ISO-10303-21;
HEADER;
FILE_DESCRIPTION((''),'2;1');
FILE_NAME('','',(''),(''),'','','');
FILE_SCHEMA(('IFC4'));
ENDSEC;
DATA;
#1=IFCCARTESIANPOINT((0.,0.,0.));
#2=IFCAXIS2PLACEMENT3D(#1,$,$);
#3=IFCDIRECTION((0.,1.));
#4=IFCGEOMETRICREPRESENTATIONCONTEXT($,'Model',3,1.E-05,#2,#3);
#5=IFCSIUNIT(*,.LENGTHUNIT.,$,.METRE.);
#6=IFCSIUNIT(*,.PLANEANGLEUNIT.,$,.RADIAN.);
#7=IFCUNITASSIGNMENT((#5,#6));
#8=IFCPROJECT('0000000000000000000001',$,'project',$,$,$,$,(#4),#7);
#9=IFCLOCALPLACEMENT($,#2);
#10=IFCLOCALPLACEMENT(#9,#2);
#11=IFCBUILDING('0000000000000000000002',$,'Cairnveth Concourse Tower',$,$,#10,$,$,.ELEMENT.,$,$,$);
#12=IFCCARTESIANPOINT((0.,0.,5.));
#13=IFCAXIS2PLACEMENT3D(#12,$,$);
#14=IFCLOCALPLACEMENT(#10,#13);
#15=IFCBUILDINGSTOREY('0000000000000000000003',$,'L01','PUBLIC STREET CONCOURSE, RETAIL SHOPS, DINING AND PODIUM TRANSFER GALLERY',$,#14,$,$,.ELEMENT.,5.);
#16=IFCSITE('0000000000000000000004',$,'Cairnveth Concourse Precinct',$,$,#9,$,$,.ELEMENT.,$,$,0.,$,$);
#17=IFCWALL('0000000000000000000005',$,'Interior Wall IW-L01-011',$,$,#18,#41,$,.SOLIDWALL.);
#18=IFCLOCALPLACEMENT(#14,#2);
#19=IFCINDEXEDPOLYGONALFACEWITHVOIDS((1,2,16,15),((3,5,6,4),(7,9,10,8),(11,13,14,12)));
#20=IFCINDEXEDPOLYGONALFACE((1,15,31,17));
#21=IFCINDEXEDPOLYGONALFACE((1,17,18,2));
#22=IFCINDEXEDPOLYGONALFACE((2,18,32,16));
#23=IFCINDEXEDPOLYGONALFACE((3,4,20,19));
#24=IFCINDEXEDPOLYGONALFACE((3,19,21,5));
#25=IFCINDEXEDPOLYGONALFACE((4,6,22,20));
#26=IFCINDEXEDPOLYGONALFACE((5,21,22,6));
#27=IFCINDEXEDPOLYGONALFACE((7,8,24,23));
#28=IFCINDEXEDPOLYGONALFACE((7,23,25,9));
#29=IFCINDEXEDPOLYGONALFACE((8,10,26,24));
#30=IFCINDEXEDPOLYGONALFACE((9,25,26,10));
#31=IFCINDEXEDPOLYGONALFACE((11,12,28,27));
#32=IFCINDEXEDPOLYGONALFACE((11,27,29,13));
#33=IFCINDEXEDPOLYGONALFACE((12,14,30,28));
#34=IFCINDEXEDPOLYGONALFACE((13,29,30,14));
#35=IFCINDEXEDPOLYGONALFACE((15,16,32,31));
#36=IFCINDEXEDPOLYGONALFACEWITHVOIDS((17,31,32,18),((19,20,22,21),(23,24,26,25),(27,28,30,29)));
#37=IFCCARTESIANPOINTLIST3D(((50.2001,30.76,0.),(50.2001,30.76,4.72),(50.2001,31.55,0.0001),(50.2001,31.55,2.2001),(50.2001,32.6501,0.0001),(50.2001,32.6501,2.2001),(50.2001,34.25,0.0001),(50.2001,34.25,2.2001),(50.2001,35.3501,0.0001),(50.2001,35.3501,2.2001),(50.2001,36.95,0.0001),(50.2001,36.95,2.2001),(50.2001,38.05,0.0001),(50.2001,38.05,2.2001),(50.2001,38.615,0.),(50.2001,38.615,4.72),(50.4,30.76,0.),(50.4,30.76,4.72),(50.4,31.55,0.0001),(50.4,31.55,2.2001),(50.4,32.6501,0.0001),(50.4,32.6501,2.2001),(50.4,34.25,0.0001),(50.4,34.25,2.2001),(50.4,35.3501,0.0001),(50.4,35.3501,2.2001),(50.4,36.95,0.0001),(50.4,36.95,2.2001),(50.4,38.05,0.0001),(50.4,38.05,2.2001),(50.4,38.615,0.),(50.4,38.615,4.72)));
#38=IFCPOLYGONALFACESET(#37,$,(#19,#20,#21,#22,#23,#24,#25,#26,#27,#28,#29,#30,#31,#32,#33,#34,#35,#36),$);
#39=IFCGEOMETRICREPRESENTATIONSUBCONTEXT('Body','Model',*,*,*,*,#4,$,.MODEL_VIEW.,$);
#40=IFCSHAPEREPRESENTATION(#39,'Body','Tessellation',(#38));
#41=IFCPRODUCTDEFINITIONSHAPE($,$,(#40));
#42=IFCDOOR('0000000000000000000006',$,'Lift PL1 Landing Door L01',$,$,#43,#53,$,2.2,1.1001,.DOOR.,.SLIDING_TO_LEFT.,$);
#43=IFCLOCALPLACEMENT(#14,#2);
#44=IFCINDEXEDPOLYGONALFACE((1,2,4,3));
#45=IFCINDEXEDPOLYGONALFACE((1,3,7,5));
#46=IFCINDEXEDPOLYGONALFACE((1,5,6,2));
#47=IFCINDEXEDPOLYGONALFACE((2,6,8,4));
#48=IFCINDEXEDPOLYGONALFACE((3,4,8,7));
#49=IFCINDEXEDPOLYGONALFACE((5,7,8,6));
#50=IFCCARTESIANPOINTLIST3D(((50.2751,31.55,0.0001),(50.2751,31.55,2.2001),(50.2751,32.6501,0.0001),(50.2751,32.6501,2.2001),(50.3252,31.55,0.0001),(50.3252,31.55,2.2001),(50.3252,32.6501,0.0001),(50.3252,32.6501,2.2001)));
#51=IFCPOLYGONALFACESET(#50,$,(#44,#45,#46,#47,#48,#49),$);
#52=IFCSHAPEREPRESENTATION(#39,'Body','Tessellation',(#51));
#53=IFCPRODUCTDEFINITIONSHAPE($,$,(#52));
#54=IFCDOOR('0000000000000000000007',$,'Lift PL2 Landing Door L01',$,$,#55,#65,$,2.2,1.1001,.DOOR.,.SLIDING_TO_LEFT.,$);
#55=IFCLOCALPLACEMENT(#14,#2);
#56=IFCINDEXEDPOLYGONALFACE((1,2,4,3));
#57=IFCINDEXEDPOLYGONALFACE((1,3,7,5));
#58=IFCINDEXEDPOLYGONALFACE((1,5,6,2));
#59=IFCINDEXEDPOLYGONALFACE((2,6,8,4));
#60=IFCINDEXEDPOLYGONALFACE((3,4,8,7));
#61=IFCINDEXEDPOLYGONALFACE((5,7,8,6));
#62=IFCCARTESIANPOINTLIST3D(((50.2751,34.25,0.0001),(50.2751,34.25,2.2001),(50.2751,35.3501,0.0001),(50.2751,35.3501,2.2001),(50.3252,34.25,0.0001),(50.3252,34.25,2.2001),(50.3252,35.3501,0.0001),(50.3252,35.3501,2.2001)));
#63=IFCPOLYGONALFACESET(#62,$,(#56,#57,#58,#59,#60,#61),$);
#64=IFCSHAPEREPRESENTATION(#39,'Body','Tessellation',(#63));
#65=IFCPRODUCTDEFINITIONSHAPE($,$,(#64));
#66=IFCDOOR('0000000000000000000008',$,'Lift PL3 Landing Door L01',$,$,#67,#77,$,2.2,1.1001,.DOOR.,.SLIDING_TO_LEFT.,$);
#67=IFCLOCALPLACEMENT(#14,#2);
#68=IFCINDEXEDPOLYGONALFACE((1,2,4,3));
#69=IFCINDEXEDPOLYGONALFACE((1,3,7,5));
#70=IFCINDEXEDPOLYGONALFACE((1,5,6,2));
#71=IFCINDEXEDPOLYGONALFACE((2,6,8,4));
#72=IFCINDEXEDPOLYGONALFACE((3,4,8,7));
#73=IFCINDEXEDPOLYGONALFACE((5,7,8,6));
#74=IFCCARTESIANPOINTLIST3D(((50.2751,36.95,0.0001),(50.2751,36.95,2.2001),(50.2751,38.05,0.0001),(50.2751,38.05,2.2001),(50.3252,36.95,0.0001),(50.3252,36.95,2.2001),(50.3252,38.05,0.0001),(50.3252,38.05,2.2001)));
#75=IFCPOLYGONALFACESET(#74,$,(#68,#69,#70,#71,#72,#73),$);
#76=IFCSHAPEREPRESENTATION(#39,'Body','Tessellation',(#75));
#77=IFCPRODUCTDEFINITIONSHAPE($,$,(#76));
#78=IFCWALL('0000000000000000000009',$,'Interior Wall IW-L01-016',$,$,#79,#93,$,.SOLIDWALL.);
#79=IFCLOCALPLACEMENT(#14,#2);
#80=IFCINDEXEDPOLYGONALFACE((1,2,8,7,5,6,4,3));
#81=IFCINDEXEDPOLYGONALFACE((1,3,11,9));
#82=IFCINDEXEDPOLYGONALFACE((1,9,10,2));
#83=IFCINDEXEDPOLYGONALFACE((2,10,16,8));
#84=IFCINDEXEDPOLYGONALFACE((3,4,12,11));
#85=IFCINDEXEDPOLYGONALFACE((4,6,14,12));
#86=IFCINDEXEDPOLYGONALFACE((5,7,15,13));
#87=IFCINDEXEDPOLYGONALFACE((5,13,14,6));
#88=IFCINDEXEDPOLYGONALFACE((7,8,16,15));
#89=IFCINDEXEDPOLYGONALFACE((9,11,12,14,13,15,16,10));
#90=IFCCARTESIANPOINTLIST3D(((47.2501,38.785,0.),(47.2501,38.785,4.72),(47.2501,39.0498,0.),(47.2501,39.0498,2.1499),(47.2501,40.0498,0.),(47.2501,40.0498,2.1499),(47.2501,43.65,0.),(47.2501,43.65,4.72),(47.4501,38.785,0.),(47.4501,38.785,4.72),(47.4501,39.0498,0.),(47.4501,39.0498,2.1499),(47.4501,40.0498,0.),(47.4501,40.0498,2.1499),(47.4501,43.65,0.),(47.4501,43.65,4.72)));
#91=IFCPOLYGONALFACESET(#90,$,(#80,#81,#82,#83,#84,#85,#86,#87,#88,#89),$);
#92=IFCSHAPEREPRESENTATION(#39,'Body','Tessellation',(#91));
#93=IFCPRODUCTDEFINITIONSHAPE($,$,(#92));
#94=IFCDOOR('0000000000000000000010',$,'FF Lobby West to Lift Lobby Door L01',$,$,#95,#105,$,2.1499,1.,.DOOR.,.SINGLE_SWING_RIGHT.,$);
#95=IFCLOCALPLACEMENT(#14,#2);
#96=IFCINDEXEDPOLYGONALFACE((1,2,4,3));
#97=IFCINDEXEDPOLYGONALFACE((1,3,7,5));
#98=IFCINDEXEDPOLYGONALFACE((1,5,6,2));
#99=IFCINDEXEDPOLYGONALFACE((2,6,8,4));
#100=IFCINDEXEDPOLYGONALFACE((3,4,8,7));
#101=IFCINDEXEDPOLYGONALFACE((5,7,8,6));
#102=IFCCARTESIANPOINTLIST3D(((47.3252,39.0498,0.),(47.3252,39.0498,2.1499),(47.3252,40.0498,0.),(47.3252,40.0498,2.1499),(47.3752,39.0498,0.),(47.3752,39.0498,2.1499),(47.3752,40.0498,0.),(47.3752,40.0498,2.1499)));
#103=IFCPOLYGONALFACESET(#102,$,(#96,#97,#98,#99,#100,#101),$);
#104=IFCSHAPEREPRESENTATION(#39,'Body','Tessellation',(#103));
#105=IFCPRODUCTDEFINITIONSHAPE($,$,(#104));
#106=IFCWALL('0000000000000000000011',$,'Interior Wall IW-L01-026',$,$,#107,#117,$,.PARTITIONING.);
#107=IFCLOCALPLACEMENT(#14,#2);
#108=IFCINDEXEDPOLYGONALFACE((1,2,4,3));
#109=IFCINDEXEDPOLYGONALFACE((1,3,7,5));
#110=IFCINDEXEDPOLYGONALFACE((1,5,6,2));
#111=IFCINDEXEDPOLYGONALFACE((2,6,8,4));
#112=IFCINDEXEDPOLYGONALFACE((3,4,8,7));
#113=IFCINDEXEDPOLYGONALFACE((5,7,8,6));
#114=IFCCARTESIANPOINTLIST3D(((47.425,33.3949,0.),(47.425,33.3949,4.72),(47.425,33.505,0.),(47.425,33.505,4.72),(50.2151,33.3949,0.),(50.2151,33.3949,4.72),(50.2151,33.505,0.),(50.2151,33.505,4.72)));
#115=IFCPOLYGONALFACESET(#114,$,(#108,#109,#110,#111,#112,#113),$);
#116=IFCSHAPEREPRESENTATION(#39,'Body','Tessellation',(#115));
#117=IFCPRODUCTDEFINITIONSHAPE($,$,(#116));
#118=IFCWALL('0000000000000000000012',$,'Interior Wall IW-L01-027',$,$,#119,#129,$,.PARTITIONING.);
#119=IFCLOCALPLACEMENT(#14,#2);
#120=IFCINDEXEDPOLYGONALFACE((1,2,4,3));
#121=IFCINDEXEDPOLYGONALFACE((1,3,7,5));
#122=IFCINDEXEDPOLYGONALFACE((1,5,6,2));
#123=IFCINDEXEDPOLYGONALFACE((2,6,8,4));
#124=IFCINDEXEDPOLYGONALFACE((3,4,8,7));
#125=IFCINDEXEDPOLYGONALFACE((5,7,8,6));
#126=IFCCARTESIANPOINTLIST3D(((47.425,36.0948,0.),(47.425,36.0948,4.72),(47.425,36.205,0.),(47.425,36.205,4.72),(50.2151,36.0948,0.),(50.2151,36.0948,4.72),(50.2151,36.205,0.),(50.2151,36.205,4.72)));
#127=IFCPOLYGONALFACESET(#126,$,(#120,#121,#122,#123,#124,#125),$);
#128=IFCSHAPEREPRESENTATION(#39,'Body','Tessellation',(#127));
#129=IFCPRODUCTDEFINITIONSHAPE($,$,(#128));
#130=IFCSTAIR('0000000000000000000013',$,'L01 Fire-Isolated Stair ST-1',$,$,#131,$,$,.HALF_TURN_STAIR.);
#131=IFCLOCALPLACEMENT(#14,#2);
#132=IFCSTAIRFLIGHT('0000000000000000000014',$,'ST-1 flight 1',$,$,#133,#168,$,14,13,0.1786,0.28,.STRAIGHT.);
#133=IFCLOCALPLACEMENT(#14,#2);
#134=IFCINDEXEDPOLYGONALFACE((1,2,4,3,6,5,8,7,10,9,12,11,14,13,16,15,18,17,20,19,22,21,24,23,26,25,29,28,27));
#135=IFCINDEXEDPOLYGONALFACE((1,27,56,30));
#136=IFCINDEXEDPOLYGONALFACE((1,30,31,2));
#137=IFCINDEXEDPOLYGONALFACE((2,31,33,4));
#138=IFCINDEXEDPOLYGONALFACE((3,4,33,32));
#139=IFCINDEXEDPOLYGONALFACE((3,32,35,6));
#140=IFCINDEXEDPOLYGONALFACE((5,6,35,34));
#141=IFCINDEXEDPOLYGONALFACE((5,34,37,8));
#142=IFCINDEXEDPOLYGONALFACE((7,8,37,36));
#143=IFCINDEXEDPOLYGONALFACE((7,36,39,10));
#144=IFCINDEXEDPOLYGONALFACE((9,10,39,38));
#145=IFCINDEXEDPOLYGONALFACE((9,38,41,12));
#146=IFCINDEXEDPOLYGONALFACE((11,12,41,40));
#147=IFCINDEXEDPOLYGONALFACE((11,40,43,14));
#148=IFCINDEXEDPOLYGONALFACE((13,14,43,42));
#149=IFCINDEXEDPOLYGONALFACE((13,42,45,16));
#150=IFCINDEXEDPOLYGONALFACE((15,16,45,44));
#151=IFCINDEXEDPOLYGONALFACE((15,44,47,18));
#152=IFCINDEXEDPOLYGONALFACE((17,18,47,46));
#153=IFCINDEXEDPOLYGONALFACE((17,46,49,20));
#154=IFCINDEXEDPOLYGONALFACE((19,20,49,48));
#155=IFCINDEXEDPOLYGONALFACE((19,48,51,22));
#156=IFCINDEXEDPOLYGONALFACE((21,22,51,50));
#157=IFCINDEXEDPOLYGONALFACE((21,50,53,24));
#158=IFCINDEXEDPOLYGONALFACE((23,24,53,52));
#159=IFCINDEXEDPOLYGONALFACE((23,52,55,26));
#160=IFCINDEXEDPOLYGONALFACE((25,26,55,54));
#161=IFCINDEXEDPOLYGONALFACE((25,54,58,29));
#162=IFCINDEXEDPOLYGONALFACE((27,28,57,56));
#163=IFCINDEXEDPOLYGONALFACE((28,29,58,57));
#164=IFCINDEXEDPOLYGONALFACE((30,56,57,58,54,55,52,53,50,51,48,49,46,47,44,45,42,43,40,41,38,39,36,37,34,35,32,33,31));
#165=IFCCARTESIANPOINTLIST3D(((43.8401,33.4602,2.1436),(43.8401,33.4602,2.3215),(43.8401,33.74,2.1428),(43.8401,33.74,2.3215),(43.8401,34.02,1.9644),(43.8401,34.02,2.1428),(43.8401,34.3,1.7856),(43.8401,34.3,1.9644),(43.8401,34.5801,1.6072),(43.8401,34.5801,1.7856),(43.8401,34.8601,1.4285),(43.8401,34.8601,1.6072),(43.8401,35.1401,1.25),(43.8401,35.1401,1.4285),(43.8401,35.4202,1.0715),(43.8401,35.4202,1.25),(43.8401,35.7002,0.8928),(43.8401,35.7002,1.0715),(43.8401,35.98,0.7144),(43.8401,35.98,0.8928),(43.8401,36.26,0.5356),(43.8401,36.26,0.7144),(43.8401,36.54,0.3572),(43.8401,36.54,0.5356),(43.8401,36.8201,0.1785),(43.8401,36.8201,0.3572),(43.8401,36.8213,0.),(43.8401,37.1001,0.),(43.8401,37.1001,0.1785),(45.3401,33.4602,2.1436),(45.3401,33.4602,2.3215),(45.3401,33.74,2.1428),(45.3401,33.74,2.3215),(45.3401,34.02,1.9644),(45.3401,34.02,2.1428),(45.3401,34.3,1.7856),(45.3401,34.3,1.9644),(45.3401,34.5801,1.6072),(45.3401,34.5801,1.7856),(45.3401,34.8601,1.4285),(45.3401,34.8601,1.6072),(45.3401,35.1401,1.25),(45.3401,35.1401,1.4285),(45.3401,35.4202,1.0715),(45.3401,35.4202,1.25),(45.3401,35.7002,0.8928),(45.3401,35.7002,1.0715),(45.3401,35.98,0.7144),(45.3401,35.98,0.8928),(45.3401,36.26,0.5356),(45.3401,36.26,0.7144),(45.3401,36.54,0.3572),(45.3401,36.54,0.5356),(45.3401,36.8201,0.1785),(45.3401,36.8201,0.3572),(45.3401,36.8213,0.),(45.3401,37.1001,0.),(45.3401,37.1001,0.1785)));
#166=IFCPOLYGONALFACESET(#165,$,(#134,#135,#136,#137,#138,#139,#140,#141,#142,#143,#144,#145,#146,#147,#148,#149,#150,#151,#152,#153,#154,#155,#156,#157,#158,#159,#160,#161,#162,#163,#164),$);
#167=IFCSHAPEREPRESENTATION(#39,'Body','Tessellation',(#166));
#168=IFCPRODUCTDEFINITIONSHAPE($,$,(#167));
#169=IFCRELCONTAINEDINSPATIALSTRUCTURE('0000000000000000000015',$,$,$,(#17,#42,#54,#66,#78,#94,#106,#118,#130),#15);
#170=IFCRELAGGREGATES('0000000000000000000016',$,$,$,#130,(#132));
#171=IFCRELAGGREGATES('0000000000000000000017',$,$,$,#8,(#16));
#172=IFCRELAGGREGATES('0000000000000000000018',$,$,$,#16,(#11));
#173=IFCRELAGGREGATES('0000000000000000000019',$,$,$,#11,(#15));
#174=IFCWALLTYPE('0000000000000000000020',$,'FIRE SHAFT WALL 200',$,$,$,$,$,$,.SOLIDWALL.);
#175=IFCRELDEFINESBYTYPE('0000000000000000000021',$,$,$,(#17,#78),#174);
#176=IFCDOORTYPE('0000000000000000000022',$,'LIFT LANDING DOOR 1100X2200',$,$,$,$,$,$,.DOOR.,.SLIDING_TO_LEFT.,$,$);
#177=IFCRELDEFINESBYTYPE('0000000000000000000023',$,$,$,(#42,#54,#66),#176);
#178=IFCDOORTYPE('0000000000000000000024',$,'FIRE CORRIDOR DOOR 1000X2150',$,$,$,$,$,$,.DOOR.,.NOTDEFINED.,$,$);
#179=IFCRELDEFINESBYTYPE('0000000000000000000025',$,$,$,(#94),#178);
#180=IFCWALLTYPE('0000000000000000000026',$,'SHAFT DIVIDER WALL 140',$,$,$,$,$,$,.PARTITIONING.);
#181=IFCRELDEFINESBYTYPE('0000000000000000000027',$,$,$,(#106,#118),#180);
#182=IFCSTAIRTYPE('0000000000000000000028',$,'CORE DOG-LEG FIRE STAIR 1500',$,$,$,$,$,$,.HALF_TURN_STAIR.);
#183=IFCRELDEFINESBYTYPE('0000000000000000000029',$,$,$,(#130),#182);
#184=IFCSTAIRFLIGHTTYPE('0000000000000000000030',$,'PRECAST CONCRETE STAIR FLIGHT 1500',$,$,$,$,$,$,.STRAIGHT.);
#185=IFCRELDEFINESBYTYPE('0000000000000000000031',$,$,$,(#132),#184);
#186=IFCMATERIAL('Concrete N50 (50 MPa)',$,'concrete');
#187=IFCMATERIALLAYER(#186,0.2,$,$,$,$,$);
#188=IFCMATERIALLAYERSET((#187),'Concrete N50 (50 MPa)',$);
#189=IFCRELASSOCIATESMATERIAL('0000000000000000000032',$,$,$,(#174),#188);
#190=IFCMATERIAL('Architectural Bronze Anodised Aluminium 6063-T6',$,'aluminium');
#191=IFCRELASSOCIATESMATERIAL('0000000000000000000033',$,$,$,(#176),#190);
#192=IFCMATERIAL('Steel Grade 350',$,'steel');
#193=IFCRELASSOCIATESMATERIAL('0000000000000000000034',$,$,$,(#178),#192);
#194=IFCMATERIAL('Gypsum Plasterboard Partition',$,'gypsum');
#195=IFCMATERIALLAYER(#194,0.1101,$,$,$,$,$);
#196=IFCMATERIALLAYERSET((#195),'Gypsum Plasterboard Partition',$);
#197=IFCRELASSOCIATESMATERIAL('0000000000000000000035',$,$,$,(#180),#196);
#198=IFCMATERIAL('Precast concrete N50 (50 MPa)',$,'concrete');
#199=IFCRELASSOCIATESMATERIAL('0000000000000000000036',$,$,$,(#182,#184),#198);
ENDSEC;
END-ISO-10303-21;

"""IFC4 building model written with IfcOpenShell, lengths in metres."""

from ifc_helpers import new_model, si_unit, direction, frame, frame_2d, origin, place, context, subcontext, project, spatial, polyline, rectangle, outline, extrude, material, layer, layer_set, type_object, element, fill, aggregate, save


model = new_model("IFC4")

# Units and contexts
model_context = context("Model", 3, precision=1e-05, world=origin(), true_north=direction((0.0, 1.0)))
body_context = subcontext(model_context, "Body", "Model", "MODEL_VIEW")
ifc_project = project(units=[si_unit("LENGTHUNIT", "METRE"), si_unit("PLANEANGLEUNIT", "RADIAN")], contexts=[model_context])

# Site, building, storey
site_placement = place(None, origin())
site = spatial("IfcSite", under=ifc_project, at=site_placement, Name="Cairnveth Concourse Precinct", CompositionType="ELEMENT", RefElevation=0.0)
building_placement = place(site_placement, origin())
building = spatial("IfcBuilding", under=site, at=building_placement, Name="Cairnveth Concourse Tower", CompositionType="ELEMENT")
storey_placement = place(building_placement, frame((0.0, 0.0, 5.0)))
storey = spatial("IfcBuildingStorey", under=building, at=storey_placement, Name="L01", Description="PUBLIC STREET CONCOURSE, RETAIL SHOPS, DINING AND PODIUM TRANSFER GALLERY", CompositionType="ELEMENT", Elevation=5.0)

# Shared definitions
ifc_material_1 = material(Name="Steel Grade 350", Category="steel")

# Shared definitions
ifc_material_2 = material(Name="Concrete N50 (50 MPa)", Category="concrete")

# Shared definitions
ifc_layer_1 = layer(ifc_material_2, 0.2)
ifc_layer_set_1 = layer_set([ifc_layer_1], Name="Concrete N50 (50 MPa)")
wall_type_1 = type_object("IfcWallType", Name="FIRE SHAFT WALL 200", PredefinedType="SOLIDWALL", material=ifc_layer_set_1)

# Wall, openings, doors
wall_1_placement = place(storey_placement, frame((50.3, 30.76, 0.0), z_axis=(0.0, 0.0, 1.0), x_axis=(0.0, 1.0, 0.0)))
wall_1 = element("IfcWall", 1, at=wall_1_placement, inside=storey, type_object=wall_type_1, Name="Interior Wall IW-L01-011", PredefinedType="SOLIDWALL", context=body_context, shape_type="SweptSolid", body=[
    extrude(rectangle(XDim=7.855, YDim=0.2, at=frame_2d((3.9275, 0.0))), origin(), (0.0, 0.0, 1.0), 4.72),
])
opening_1_placement = place(wall_1_placement, frame((0.79, 0.0, 0.0)))
opening_1 = element("IfcOpeningElement", 2, at=opening_1_placement, cuts=wall_1, PredefinedType="OPENING", context=body_context, shape_type="SweptSolid", body=[
    extrude(rectangle(XDim=1.1001, YDim=2.2, at=frame_2d((0.55, 1.1001))), frame((0.0, 0.1099, 0.0), z_axis=(0.0, -1.0, 0.0), x_axis=(1.0, 0.0, 0.0)), (0.0, 0.0, 1.0), 0.22),
])
opening_2_placement = place(wall_1_placement, frame((3.49, 0.0, 0.0)))
opening_2 = element("IfcOpeningElement", 3, at=opening_2_placement, cuts=wall_1, PredefinedType="OPENING", context=body_context, shape_type="SweptSolid", body=[
    extrude(rectangle(XDim=1.1001, YDim=2.2, at=frame_2d((0.55, 1.1001))), frame((0.0, 0.1099, 0.0), z_axis=(0.0, -1.0, 0.0), x_axis=(1.0, 0.0, 0.0)), (0.0, 0.0, 1.0), 0.22),
])
opening_3_placement = place(wall_1_placement, frame((6.1899, 0.0, 0.0)))
opening_3 = element("IfcOpeningElement", 4, at=opening_3_placement, cuts=wall_1, PredefinedType="OPENING", context=body_context, shape_type="SweptSolid", body=[
    extrude(rectangle(XDim=1.1001, YDim=2.2, at=frame_2d((0.55, 1.1001))), frame((0.0, 0.1099, 0.0), z_axis=(0.0, -1.0, 0.0), x_axis=(1.0, 0.0, 0.0)), (0.0, 0.0, 1.0), 0.22),
])
ifc_material_3 = material(Name="Architectural Bronze Anodised Aluminium 6063-T6", Category="aluminium")
door_type_1 = type_object("IfcDoorType", Name="LIFT LANDING DOOR 1100X2200", OperationType="SLIDING_TO_LEFT", PredefinedType="DOOR", material=ifc_material_3)
door_1_placement = place(opening_1_placement, origin())
door_1 = element("IfcDoor", 5, at=door_1_placement, inside=storey, type_object=door_type_1, Name="Lift PL1 Landing Door L01", OperationType="SLIDING_TO_LEFT", OverallHeight=2.2, OverallWidth=1.1001, PredefinedType="DOOR", context=body_context, shape_type="SweptSolid", body=[
    extrude(rectangle(XDim=1.1001, YDim=2.2, at=frame_2d((0.55, 1.1001))), frame((0.0, 0.0249, 0.0), z_axis=(0.0, -1.0, 0.0), x_axis=(1.0, 0.0, 0.0)), (0.0, 0.0, 1.0), 0.05),
])
fill(opening_1, door_1)
door_2_placement = place(opening_2_placement, origin())
door_2 = element("IfcDoor", 6, at=door_2_placement, inside=storey, type_object=door_type_1, Name="Lift PL2 Landing Door L01", OperationType="SLIDING_TO_LEFT", OverallHeight=2.2, OverallWidth=1.1001, PredefinedType="DOOR", context=body_context, shape_type="SweptSolid", body=[
    extrude(rectangle(XDim=1.1001, YDim=2.2, at=frame_2d((0.55, 1.1001))), frame((0.0, 0.0249, 0.0), z_axis=(0.0, -1.0, 0.0), x_axis=(1.0, 0.0, 0.0)), (0.0, 0.0, 1.0), 0.05),
])
fill(opening_2, door_2)
door_3_placement = place(opening_3_placement, origin())
door_3 = element("IfcDoor", 7, at=door_3_placement, inside=storey, type_object=door_type_1, Name="Lift PL3 Landing Door L01", OperationType="SLIDING_TO_LEFT", OverallHeight=2.2, OverallWidth=1.1001, PredefinedType="DOOR", context=body_context, shape_type="SweptSolid", body=[
    extrude(rectangle(XDim=1.1001, YDim=2.2, at=frame_2d((0.55, 1.1001))), frame((0.0, 0.0249, 0.0), z_axis=(0.0, -1.0, 0.0), x_axis=(1.0, 0.0, 0.0)), (0.0, 0.0, 1.0), 0.05),
])
fill(opening_3, door_3)

# Wall, opening, door
wall_2_placement = place(storey_placement, frame((47.3501, 38.7849, 0.0), z_axis=(0.0, 0.0, 1.0), x_axis=(0.0, 1.0, 0.0)))
wall_2 = element("IfcWall", 8, at=wall_2_placement, inside=storey, type_object=wall_type_1, Name="Interior Wall IW-L01-016", PredefinedType="SOLIDWALL", context=body_context, shape_type="SweptSolid", body=[
    extrude(rectangle(XDim=4.865, YDim=0.2, at=frame_2d((2.4326, 0.0))), origin(), (0.0, 0.0, 1.0), 4.72),
])
opening_4_placement = place(wall_2_placement, frame((0.2649, 0.0, 0.0)))
opening_4 = element("IfcOpeningElement", 9, at=opening_4_placement, cuts=wall_2, PredefinedType="OPENING", context=body_context, shape_type="SweptSolid", body=[
    extrude(rectangle(XDim=1.0, YDim=2.1499, at=frame_2d((0.5, 1.075))), frame((0.0, 0.1099, 0.0), z_axis=(0.0, -1.0, 0.0), x_axis=(1.0, 0.0, 0.0)), (0.0, 0.0, 1.0), 0.22),
])
door_type_2 = type_object("IfcDoorType", Name="FIRE CORRIDOR DOOR 1000X2150", OperationType="NOTDEFINED", PredefinedType="DOOR", material=ifc_material_1)
door_4_placement = place(opening_4_placement, origin())
door_4 = element("IfcDoor", 10, at=door_4_placement, inside=storey, type_object=door_type_2, Name="FF Lobby West to Lift Lobby Door L01", OperationType="SINGLE_SWING_RIGHT", OverallHeight=2.1499, OverallWidth=1.0, PredefinedType="DOOR", context=body_context, shape_type="SweptSolid", body=[
    extrude(rectangle(XDim=1.0, YDim=2.1499, at=frame_2d((0.5, 1.075))), frame((0.0, 0.0249, 0.0), z_axis=(0.0, -1.0, 0.0), x_axis=(1.0, 0.0, 0.0)), (0.0, 0.0, 1.0), 0.05),
])
fill(opening_4, door_4)

# Walls
ifc_material_4 = material(Name="Gypsum Plasterboard Partition", Category="gypsum")
ifc_layer_2 = layer(ifc_material_4, 0.1101)
ifc_layer_set_2 = layer_set([ifc_layer_2], Name="Gypsum Plasterboard Partition")
wall_type_2 = type_object("IfcWallType", Name="SHAFT DIVIDER WALL 140", PredefinedType="PARTITIONING", material=ifc_layer_set_2)
for number, where, z_axis, x_axis, name in (
    (11, (47.425, 33.45, 0.0), (0.0, 0.0, 1.0), (1.0, 0.0, 0.0), "Interior Wall IW-L01-026"),
    (12, (47.425, 36.1499, 0.0), (0.0, 0.0, 1.0), (1.0, 0.0, 0.0), "Interior Wall IW-L01-027"),
):
    element("IfcWall", number, at=place(storey_placement, frame(where, z_axis=z_axis, x_axis=x_axis)), inside=storey, type_object=wall_type_2, Name=name, PredefinedType="PARTITIONING", context=body_context, shape_type="SweptSolid", body=[
        extrude(rectangle(XDim=2.79, YDim=0.1101, at=frame_2d((1.395, 0.0))), origin(), (0.0, 0.0, 1.0), 4.72),
    ])

# Stair, stair flight
ifc_material_5 = material(Name="Precast concrete N50 (50 MPa)", Category="concrete")
stair_type = type_object("IfcStairType", Name="CORE DOG-LEG FIRE STAIR 1500", PredefinedType="HALF_TURN_STAIR", material=ifc_material_5)
stair_placement = place(storey_placement, origin())
stair = element("IfcStair", 13, at=stair_placement, inside=storey, type_object=stair_type, Name="L01 Fire-Isolated Stair ST-1", PredefinedType="HALF_TURN_STAIR")
stair_flight_type = type_object("IfcStairFlightType", Name="PRECAST CONCRETE STAIR FLIGHT 1500", PredefinedType="STRAIGHT", material=ifc_material_5)
stair_flight_1_placement = place(storey_placement, frame((44.5901, 37.1001, 0.0), z_axis=(0.0, 0.0, 1.0), x_axis=(0.0, -1.0, 0.0)))
stair_flight_1 = element("IfcStairFlight", 14, at=stair_flight_1_placement, type_object=stair_flight_type, Name="ST-1 flight 1", NumberOfRisers=14, NumberOfTreads=13, PredefinedType="STRAIGHT", RiserHeight=0.1786, TreadLength=0.28, context=body_context, shape_type="SweptSolid", body=[
    extrude(outline(polyline([(0.0, 0.0), (0.0, 0.1785), (0.28, 0.1785), (0.28, 0.3572), (0.5601, 0.3572), (0.5601, 0.5356), (0.8401, 0.5356), (0.8401, 0.7144), (1.1201, 0.7144), (1.1201, 0.8928), (1.3999, 0.8928), (1.3999, 1.0715), (1.6799, 1.0715), (1.6799, 1.25), (1.96, 1.25), (1.96, 1.4285), (2.24, 1.4285), (2.24, 1.6072), (2.52, 1.6072), (2.52, 1.7856), (2.8, 1.7856), (2.8, 1.9644), (3.0801, 1.9644), (3.0801, 2.1428), (3.3601, 2.1428), (3.3601, 2.3215), (3.6399, 2.3215), (3.6399, 2.5), (3.6399, 2.1436), (0.2788, 0.0), (0.0, 0.0)])), frame((0.0, 0.75, 0.0), z_axis=(0.0, -1.0, 0.0), x_axis=(1.0, 0.0, 0.0)), (0.0, 0.0, 1.0), 1.5),
])
aggregate(stair, [stair_flight_1])

save(model, "model.ifc")
